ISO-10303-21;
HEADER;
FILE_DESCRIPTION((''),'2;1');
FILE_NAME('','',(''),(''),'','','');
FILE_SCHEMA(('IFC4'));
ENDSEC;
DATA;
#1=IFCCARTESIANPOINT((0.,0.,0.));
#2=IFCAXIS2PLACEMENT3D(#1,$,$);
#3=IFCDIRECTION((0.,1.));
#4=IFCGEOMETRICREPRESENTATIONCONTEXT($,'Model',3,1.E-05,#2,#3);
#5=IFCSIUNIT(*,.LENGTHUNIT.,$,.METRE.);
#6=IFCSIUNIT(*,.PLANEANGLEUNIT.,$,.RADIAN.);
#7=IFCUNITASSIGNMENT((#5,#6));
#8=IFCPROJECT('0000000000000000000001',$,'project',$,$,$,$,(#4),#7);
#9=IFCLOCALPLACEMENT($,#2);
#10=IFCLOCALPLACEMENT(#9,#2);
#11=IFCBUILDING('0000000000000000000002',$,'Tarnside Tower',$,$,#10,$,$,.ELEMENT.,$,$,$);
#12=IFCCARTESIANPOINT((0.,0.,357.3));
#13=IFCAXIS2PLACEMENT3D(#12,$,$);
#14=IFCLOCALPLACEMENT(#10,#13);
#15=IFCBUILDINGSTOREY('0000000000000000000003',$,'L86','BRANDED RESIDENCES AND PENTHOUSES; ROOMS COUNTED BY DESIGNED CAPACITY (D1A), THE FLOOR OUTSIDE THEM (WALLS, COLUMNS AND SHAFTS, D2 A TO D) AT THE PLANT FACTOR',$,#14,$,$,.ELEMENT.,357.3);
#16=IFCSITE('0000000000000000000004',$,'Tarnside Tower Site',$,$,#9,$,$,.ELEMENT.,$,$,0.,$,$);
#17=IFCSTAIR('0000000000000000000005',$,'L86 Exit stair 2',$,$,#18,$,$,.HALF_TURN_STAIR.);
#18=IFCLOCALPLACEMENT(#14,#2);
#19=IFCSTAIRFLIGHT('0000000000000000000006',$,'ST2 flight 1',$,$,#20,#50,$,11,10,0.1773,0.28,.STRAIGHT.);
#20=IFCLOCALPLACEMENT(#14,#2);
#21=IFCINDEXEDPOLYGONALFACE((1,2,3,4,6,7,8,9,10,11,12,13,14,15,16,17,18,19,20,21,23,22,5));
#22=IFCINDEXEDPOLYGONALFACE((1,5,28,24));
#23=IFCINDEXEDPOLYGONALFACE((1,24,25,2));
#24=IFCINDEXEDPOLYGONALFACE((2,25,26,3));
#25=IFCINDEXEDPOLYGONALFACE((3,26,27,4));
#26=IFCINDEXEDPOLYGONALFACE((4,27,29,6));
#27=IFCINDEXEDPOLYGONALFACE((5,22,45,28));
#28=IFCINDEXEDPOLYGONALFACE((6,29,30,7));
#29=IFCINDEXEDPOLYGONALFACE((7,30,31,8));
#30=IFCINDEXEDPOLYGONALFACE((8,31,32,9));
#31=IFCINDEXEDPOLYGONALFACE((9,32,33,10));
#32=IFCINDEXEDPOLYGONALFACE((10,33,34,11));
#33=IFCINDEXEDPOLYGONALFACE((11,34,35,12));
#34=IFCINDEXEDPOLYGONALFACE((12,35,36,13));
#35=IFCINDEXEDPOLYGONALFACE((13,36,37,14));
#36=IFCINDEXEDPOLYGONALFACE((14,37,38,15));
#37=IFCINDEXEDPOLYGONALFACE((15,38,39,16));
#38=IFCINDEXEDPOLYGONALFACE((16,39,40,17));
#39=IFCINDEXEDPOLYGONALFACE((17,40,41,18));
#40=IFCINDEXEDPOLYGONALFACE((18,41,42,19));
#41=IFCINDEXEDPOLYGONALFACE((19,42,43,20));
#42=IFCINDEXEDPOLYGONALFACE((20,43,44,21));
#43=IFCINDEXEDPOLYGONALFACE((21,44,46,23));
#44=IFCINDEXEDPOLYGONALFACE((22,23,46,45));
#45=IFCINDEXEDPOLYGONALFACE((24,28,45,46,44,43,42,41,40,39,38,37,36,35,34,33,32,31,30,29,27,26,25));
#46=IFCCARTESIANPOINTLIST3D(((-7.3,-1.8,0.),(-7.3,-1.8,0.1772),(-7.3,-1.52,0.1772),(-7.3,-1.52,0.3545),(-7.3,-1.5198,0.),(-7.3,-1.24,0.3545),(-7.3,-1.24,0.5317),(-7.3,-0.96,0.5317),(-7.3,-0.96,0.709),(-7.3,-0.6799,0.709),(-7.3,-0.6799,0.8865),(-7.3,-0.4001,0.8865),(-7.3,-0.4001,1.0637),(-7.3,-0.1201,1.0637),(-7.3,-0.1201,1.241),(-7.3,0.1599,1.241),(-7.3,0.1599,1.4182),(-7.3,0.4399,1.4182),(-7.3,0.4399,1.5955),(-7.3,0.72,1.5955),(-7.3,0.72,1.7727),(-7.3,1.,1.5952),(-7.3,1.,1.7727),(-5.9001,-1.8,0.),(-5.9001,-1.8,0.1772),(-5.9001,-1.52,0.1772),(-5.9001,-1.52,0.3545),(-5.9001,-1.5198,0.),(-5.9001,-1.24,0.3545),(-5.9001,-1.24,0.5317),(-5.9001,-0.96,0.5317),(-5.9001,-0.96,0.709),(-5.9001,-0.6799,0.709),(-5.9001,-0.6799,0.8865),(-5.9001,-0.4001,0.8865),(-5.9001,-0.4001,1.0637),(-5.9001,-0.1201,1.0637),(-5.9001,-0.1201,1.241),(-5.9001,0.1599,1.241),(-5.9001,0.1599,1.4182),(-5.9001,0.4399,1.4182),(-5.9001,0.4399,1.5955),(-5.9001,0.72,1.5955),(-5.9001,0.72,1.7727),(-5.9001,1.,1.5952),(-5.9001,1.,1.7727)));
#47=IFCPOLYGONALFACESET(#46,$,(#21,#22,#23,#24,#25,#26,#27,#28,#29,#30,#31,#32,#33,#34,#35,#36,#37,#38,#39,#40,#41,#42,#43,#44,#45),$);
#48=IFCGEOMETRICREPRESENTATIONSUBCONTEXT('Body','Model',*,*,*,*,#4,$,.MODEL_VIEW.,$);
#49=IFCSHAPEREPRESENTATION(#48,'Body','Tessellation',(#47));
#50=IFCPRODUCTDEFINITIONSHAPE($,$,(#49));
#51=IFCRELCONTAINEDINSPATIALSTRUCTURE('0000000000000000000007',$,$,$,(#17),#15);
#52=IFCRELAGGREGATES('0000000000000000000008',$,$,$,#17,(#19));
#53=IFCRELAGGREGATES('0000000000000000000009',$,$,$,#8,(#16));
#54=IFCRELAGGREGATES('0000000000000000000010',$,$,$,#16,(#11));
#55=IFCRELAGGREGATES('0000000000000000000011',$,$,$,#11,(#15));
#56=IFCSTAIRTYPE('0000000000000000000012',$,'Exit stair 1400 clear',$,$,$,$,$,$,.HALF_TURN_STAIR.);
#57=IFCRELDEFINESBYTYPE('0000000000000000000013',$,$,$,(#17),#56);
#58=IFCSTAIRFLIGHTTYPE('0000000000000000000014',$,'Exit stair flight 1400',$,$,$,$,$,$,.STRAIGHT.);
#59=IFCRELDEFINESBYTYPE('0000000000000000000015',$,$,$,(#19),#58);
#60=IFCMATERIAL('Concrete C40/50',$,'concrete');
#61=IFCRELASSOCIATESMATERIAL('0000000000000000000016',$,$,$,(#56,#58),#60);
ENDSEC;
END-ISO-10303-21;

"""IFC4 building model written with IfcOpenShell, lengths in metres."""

from ifc_helpers import new_model, si_unit, direction, frame, origin, place, context, subcontext, project, spatial, polyline, outline, extrude, material, type_object, element, aggregate, save


model = new_model("IFC4")

# Units and contexts
model_context = context("Model", 3, precision=1e-05, world=origin(), true_north=direction((0.0, 1.0)))
body_context = subcontext(model_context, "Body", "Model", "MODEL_VIEW")
ifc_project = project(units=[si_unit("LENGTHUNIT", "METRE"), si_unit("PLANEANGLEUNIT", "RADIAN")], contexts=[model_context])

# Site, building, storey
site_placement = place(None, origin())
site = spatial("IfcSite", under=ifc_project, at=site_placement, Name="Tarnside Tower Site", CompositionType="ELEMENT", RefElevation=0.0)
building_placement = place(site_placement, origin())
building = spatial("IfcBuilding", under=site, at=building_placement, Name="Tarnside Tower", CompositionType="ELEMENT")
storey_placement = place(building_placement, frame((0.0, 0.0, 357.3)))
storey = spatial("IfcBuildingStorey", under=building, at=storey_placement, Name="L86", Description="BRANDED RESIDENCES AND PENTHOUSES; ROOMS COUNTED BY DESIGNED CAPACITY (D1A), THE FLOOR OUTSIDE THEM (WALLS, COLUMNS AND SHAFTS, D2 A TO D) AT THE PLANT FACTOR", CompositionType="ELEMENT", Elevation=357.3)

# Shared definitions
ifc_material_1 = material(Name="Concrete C40/50", Category="concrete")

# Stair, stair flight
stair_type = type_object("IfcStairType", Name="Exit stair 1400 clear", PredefinedType="HALF_TURN_STAIR", material=ifc_material_1)
stair_placement = place(storey_placement, origin())
stair = element("IfcStair", 1, at=stair_placement, inside=storey, type_object=stair_type, Name="L86 Exit stair 2", PredefinedType="HALF_TURN_STAIR")
stair_flight_type = type_object("IfcStairFlightType", Name="Exit stair flight 1400", PredefinedType="STRAIGHT", material=ifc_material_1)
stair_flight_placement = place(storey_placement, frame((-6.6001, -1.8, 0.0), z_axis=(0.0, 0.0, 1.0), x_axis=(0.0, 1.0, 0.0)))
stair_flight = element("IfcStairFlight", 2, at=stair_flight_placement, type_object=stair_flight_type, Name="ST2 flight 1", NumberOfRisers=11, NumberOfTreads=10, PredefinedType="STRAIGHT", RiserHeight=0.1773, TreadLength=0.28, context=body_context, shape_type="SweptSolid", body=[
    extrude(outline(polyline([(0.0, 0.0), (0.0, 0.1772), (0.28, 0.1772), (0.28, 0.3545), (0.5601, 0.3545), (0.5601, 0.5317), (0.8401, 0.5317), (0.8401, 0.709), (1.1201, 0.709), (1.1201, 0.8865), (1.3999, 0.8865), (1.3999, 1.0637), (1.6799, 1.0637), (1.6799, 1.241), (1.96, 1.241), (1.96, 1.4182), (2.24, 1.4182), (2.24, 1.5955), (2.52, 1.5955), (2.52, 1.7727), (2.8, 1.7727), (2.8, 1.95), (2.8, 1.5952), (0.2803, 0.0), (0.0, 0.0)])), frame((0.0, 0.7, 0.0), z_axis=(0.0, -1.0, 0.0), x_axis=(1.0, 0.0, 0.0)), (0.0, 0.0, 1.0), 1.3999),
])
aggregate(stair, [stair_flight])

save(model, "model.ifc")
